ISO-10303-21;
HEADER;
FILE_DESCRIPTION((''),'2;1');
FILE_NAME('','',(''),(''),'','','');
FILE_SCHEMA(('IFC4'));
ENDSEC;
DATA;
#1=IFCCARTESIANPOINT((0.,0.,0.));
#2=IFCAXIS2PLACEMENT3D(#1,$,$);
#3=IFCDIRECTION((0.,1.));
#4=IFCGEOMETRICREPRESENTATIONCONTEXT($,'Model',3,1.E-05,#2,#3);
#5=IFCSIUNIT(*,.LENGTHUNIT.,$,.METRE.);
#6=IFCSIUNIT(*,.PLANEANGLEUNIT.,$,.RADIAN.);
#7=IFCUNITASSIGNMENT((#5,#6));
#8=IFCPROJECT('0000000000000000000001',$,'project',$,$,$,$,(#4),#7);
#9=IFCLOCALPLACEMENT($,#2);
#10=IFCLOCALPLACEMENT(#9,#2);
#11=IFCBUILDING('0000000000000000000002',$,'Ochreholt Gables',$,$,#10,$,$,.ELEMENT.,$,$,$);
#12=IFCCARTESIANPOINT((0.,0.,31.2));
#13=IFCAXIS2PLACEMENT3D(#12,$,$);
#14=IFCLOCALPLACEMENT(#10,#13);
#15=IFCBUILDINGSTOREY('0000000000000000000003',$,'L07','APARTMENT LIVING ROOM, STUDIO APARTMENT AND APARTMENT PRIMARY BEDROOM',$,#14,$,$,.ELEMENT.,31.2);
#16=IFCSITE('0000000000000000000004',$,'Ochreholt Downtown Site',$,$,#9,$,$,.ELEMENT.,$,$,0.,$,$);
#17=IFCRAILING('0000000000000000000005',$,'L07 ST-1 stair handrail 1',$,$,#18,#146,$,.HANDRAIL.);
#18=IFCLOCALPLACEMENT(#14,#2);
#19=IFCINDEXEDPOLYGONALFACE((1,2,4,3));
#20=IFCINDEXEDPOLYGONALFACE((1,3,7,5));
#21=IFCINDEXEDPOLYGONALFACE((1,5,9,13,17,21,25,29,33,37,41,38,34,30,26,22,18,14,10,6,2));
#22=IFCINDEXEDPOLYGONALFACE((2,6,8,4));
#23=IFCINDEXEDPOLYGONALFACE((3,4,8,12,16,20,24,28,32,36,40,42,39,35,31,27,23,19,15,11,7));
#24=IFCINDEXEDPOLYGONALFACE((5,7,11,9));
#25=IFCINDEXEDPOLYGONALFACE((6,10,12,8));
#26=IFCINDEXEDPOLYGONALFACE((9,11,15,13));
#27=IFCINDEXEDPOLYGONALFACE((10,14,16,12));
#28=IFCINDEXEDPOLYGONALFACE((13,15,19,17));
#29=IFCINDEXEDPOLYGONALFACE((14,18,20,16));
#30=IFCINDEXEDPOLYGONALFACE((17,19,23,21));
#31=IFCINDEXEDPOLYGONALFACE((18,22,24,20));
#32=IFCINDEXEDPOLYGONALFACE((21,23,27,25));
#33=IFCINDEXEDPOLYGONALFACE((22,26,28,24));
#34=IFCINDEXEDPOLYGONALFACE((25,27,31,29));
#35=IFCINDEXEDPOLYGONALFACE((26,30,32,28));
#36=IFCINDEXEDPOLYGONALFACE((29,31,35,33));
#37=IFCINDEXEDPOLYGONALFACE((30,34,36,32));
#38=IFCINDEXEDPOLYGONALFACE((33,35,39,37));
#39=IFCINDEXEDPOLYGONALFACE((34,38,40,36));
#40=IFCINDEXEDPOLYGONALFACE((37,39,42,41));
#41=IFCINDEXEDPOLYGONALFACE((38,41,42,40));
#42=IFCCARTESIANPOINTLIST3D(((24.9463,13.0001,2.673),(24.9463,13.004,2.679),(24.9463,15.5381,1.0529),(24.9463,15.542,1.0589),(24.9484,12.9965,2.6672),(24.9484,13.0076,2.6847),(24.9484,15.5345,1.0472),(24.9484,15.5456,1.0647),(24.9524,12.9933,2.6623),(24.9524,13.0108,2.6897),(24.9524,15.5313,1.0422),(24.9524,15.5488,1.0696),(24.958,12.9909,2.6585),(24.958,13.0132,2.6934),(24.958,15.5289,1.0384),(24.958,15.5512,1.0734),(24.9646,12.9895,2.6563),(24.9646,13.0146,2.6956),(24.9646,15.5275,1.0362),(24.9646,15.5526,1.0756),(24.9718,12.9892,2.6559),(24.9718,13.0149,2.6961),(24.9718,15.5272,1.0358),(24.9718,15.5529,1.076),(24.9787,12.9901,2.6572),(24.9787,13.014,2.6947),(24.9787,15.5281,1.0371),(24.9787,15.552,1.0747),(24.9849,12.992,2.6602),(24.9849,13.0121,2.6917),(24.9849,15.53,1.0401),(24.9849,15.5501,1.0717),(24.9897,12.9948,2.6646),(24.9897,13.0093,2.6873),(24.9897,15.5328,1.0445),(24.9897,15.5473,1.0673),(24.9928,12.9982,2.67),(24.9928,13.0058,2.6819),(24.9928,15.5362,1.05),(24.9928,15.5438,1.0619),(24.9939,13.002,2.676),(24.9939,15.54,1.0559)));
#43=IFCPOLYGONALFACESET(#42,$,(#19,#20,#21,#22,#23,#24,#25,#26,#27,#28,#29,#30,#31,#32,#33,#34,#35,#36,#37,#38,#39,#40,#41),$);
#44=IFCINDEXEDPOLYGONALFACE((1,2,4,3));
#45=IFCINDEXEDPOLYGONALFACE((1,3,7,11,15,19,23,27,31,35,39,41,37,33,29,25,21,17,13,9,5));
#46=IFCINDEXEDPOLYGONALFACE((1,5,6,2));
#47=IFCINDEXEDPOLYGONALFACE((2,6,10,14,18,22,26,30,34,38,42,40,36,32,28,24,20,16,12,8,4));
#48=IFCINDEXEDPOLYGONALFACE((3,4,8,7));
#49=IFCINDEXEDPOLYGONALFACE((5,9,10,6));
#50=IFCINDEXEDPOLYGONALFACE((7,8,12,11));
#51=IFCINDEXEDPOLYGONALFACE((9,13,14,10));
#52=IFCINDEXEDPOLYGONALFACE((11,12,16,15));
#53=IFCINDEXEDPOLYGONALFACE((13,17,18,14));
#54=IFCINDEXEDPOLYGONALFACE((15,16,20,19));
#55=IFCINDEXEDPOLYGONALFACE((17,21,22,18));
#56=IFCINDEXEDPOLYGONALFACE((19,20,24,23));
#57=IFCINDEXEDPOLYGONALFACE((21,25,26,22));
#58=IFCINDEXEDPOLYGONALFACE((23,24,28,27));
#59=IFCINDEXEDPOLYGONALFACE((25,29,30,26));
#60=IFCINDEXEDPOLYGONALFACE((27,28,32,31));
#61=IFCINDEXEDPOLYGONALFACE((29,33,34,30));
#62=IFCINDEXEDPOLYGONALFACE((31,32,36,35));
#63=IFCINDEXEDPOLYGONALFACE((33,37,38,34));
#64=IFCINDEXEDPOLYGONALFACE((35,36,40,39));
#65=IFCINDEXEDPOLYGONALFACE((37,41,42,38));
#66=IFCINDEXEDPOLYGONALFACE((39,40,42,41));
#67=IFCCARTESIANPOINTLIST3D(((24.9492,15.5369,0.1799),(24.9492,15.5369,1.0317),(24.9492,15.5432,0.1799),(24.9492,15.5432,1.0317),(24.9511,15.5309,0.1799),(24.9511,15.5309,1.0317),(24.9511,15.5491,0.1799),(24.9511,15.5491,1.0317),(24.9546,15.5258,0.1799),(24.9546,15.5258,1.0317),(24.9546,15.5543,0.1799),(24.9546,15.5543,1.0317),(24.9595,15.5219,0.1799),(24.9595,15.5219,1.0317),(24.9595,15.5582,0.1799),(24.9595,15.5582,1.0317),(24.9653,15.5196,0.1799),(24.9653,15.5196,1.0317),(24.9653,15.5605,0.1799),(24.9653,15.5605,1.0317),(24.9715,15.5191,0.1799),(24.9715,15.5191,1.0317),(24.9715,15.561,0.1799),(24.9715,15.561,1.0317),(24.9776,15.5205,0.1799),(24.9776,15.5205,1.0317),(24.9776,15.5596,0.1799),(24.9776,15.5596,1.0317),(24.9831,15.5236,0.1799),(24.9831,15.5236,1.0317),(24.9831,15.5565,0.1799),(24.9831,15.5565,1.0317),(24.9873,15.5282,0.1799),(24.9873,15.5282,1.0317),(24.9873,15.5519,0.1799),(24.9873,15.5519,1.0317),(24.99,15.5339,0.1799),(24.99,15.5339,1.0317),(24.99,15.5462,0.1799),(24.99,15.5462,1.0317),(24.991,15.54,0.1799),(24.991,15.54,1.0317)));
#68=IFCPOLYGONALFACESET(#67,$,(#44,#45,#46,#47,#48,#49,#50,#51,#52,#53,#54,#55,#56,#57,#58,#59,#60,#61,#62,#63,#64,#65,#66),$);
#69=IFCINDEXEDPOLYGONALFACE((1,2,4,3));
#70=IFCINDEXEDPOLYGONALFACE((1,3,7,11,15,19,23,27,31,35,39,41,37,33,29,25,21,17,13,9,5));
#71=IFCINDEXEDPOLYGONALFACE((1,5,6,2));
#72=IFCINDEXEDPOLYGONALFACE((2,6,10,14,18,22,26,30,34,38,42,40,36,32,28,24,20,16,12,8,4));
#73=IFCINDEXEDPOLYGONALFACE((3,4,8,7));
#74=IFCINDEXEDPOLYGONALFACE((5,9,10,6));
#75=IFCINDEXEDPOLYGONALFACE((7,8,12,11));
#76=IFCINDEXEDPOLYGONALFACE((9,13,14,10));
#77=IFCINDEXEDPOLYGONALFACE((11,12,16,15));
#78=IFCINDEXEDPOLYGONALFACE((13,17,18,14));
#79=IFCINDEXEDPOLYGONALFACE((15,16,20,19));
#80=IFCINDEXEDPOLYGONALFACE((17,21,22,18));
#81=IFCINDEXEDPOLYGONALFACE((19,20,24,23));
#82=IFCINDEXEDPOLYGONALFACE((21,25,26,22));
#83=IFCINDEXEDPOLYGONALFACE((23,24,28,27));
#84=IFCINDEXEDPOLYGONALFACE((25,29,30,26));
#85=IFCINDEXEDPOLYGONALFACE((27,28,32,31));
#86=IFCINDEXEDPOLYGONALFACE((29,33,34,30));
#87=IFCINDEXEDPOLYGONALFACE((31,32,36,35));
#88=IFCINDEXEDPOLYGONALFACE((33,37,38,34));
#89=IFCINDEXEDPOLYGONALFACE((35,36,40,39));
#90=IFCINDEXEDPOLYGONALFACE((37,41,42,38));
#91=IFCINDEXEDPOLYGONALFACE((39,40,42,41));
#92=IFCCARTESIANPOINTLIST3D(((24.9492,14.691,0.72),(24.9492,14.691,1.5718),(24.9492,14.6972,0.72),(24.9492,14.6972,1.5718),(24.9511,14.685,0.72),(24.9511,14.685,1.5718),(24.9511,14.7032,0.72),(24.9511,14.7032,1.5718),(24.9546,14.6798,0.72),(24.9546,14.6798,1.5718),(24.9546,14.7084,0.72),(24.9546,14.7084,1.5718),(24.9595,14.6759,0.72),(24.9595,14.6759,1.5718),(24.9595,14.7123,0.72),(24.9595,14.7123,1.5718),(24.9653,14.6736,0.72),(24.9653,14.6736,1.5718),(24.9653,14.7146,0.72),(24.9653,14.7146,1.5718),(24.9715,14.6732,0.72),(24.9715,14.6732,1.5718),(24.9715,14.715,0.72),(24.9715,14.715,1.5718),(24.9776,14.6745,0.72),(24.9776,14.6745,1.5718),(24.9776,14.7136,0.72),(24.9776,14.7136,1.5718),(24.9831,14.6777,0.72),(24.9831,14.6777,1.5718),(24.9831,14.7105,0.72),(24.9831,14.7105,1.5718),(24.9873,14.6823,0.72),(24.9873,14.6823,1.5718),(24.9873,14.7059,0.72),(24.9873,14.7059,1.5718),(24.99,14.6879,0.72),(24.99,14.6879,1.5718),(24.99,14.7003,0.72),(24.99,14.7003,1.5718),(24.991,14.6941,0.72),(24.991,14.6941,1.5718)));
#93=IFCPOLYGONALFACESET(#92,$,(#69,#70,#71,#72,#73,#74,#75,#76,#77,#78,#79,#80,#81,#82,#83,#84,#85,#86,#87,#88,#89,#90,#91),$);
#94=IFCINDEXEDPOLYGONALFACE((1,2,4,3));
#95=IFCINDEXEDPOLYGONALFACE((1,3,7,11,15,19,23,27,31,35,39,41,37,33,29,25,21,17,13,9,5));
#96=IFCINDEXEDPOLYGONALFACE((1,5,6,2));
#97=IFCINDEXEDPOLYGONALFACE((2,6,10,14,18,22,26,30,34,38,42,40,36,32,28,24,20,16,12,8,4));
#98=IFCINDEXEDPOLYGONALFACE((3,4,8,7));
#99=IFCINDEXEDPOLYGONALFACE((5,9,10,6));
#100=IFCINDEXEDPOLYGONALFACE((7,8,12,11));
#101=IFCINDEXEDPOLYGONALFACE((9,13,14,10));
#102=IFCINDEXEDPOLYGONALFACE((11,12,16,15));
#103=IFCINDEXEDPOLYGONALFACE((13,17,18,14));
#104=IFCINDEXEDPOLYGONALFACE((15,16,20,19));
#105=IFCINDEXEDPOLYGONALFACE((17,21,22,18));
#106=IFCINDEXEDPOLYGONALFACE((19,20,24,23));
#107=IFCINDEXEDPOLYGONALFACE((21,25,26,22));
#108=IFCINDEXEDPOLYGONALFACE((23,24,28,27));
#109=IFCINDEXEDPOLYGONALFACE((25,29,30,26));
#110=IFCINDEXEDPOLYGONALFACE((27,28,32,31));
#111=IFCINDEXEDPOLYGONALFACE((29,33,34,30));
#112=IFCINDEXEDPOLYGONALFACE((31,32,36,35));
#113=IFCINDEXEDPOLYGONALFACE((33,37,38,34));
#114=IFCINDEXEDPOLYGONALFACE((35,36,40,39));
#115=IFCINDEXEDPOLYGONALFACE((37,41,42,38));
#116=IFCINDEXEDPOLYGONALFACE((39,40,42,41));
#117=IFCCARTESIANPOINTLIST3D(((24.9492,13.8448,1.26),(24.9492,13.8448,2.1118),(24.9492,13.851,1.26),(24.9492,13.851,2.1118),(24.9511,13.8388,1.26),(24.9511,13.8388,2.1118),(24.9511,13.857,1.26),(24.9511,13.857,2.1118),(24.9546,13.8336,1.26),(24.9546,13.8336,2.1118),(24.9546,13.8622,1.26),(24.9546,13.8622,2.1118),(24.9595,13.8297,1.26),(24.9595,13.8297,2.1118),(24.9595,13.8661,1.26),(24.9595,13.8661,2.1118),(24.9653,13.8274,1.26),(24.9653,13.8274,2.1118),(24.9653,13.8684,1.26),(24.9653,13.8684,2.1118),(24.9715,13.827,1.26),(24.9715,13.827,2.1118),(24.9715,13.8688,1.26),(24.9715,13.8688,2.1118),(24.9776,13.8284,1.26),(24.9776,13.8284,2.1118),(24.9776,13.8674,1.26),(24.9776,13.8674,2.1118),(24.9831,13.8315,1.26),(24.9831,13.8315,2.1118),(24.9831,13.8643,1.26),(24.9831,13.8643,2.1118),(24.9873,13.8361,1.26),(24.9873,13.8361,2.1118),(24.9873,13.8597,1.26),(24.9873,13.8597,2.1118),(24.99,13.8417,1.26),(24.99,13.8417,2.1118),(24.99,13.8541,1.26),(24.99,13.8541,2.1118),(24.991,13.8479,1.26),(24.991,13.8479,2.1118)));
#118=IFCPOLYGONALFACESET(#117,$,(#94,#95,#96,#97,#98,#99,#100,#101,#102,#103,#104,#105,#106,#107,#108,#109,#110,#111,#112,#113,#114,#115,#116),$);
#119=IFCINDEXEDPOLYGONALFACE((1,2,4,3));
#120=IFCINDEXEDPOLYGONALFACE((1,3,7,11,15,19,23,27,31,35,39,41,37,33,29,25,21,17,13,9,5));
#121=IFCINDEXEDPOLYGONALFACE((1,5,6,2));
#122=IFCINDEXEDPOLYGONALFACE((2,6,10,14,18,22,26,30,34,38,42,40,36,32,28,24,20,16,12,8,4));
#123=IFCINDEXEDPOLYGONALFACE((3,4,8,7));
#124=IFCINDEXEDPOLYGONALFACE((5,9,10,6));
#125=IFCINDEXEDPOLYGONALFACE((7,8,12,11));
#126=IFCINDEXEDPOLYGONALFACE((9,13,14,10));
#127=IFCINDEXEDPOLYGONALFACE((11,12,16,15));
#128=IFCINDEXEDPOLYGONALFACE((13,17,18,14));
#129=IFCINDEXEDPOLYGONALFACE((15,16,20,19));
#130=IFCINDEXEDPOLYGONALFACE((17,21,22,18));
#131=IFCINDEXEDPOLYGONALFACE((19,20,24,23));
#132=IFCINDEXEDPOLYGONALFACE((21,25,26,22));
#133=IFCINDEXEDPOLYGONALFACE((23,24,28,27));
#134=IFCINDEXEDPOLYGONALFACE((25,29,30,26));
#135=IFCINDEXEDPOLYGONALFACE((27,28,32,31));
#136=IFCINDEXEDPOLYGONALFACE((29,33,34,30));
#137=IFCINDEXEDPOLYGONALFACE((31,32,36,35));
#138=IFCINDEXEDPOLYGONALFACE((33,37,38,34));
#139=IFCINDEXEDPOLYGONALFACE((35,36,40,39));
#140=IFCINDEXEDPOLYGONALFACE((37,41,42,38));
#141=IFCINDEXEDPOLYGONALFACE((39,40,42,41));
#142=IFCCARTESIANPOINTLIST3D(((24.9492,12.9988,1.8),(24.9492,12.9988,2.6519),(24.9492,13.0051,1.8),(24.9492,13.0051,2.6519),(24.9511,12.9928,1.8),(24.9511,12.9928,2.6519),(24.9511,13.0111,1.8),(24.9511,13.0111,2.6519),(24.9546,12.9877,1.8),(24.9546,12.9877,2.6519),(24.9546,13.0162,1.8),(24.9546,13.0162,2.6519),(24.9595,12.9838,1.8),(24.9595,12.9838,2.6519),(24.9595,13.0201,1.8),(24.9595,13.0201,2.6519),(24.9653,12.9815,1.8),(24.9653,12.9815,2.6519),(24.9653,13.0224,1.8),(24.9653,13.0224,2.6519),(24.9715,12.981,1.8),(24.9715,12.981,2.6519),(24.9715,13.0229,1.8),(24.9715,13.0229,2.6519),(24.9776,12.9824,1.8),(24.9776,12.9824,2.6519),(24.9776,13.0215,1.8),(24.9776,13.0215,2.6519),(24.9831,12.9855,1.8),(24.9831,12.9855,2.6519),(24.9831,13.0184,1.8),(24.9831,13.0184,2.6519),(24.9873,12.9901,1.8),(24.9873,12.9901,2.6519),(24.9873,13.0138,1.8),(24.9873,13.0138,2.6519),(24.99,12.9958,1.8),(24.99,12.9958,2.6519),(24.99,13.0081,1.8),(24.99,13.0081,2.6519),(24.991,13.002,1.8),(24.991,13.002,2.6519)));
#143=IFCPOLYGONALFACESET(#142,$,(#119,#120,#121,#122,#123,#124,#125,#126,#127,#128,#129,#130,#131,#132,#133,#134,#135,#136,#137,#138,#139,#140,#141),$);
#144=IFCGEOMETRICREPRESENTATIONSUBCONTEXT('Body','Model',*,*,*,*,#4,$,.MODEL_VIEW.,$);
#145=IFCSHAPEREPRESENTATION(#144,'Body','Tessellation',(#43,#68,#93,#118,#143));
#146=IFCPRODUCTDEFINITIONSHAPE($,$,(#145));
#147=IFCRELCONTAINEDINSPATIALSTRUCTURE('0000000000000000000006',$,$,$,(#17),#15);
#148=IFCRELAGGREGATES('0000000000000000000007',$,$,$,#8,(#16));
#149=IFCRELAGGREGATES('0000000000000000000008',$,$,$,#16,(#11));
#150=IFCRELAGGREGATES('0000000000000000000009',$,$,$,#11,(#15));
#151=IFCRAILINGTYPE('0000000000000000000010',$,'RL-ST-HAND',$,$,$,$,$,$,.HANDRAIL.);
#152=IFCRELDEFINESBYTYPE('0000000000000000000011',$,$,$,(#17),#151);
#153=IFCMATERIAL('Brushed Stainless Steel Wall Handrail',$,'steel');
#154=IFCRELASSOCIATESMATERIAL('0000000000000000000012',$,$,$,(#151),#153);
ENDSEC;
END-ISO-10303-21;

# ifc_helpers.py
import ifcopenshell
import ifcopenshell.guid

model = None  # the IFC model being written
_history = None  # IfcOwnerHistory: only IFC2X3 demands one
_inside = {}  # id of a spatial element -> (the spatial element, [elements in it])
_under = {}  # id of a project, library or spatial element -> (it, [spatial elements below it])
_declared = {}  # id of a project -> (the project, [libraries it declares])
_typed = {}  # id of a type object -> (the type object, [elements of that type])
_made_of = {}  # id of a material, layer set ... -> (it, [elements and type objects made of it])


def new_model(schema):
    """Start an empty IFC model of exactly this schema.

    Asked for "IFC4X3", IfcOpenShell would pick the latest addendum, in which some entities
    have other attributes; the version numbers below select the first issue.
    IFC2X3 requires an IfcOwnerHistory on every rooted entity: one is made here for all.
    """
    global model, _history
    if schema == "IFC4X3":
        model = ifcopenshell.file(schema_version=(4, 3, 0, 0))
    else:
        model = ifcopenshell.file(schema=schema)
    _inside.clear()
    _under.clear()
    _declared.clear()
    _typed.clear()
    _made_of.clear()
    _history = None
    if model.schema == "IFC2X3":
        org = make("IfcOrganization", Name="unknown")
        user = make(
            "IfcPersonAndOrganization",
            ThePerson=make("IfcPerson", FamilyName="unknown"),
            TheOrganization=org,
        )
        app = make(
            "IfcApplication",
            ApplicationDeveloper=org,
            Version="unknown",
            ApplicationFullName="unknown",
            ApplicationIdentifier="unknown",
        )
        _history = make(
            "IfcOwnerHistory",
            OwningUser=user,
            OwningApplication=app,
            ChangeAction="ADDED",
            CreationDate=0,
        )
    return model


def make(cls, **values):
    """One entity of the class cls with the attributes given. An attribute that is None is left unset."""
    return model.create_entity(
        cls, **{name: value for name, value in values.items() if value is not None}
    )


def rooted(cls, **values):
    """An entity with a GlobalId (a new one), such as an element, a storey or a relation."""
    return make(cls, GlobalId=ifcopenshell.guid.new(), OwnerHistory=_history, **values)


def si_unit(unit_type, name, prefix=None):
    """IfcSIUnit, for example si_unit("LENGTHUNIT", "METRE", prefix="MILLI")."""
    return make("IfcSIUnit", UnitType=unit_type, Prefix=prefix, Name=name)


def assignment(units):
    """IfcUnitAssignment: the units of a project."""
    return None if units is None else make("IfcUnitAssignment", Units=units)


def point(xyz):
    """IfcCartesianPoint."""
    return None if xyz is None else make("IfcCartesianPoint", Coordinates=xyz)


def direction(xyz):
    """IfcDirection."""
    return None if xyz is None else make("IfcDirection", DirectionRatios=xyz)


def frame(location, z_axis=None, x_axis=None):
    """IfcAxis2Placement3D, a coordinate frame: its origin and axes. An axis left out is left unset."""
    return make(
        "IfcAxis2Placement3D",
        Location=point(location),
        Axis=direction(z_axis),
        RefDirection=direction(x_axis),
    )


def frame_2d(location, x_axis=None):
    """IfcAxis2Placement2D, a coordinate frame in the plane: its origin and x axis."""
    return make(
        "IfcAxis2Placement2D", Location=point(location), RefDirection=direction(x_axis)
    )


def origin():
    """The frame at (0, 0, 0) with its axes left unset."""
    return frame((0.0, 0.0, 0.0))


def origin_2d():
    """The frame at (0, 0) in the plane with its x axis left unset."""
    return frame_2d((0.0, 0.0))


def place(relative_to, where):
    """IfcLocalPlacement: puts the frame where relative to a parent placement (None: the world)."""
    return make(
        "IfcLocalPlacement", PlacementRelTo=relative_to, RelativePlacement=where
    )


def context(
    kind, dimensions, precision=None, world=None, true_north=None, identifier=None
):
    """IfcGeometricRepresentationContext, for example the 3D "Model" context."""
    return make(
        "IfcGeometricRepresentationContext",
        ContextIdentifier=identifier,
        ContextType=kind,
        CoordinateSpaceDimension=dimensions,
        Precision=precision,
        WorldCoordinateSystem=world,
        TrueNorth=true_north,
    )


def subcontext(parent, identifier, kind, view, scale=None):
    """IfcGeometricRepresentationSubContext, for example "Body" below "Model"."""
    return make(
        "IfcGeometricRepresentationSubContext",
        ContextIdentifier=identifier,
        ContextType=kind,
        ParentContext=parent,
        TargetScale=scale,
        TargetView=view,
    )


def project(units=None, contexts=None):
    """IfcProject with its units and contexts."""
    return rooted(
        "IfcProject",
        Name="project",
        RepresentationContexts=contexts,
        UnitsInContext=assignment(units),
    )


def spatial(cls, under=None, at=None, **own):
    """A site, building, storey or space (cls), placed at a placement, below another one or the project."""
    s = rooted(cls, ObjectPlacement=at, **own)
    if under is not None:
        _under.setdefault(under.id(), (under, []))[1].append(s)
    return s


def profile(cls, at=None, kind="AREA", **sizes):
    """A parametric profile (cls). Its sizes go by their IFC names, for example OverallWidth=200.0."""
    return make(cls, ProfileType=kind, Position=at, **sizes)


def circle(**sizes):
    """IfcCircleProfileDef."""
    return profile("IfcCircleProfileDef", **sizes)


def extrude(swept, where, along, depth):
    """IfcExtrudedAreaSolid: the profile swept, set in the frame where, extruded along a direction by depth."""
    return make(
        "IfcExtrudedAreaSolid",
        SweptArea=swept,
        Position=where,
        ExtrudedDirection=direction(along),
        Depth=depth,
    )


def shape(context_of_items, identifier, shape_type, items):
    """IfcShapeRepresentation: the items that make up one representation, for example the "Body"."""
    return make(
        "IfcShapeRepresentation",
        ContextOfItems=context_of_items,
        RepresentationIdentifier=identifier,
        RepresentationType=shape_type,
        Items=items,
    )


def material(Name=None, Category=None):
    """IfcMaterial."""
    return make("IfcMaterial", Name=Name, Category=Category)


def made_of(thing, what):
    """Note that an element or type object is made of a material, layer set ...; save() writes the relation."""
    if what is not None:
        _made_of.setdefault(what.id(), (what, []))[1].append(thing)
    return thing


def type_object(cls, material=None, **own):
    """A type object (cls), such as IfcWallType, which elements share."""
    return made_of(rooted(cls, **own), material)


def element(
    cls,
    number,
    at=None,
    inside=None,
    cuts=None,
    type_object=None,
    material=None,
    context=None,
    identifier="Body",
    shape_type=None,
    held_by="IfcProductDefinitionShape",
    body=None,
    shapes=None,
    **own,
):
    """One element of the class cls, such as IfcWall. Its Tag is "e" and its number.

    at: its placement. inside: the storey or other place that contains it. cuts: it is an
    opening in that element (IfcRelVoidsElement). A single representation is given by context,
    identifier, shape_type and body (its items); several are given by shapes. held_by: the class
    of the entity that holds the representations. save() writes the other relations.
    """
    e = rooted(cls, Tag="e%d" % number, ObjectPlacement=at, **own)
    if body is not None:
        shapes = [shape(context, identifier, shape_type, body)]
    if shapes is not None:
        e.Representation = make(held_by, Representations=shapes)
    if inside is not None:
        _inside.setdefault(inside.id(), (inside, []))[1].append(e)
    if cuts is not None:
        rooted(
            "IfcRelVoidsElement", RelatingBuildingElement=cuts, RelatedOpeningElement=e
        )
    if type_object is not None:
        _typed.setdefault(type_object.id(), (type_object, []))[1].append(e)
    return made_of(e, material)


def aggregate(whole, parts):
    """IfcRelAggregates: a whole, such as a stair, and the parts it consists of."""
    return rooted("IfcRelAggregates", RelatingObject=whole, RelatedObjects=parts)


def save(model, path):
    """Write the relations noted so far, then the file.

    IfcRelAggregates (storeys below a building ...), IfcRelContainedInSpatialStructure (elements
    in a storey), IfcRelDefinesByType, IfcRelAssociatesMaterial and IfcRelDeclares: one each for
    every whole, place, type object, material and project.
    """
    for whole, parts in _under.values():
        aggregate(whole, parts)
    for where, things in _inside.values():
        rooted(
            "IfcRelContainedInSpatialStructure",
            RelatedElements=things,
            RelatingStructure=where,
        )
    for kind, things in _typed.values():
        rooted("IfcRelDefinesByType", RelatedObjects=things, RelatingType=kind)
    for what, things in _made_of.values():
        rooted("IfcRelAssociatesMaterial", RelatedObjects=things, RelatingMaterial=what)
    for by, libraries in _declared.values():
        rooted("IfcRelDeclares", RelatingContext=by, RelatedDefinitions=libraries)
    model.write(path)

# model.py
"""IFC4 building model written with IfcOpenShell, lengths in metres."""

from ifc_helpers import new_model, si_unit, direction, frame, origin, origin_2d, place, context, subcontext, project, spatial, circle, extrude, material, type_object, element, save


model = new_model("IFC4")

# Units and contexts
model_context = context("Model", 3, precision=1e-05, world=origin(), true_north=direction((0.0, 1.0)))
body_context = subcontext(model_context, "Body", "Model", "MODEL_VIEW")
ifc_project = project(units=[si_unit("LENGTHUNIT", "METRE"), si_unit("PLANEANGLEUNIT", "RADIAN")], contexts=[model_context])

# Site, building, storey
site_placement = place(None, origin())
site = spatial("IfcSite", under=ifc_project, at=site_placement, Name="Ochreholt Downtown Site", CompositionType="ELEMENT", RefElevation=0.0)
building_placement = place(site_placement, origin())
building = spatial("IfcBuilding", under=site, at=building_placement, Name="Ochreholt Gables", CompositionType="ELEMENT")
storey_placement = place(building_placement, frame((0.0, 0.0, 31.2)))
storey = spatial("IfcBuildingStorey", under=building, at=storey_placement, Name="L07", Description="APARTMENT LIVING ROOM, STUDIO APARTMENT AND APARTMENT PRIMARY BEDROOM", CompositionType="ELEMENT", Elevation=31.2)

# Railing
ifc_material_1 = material(Name="Brushed Stainless Steel Wall Handrail", Category="steel")
railing_type_1 = type_object("IfcRailingType", Name="RL-ST-HAND", PredefinedType="HANDRAIL", material=ifc_material_1)
railing_1_placement = place(storey_placement, frame((24.97, 15.54, 0.1799)))
element("IfcRailing", 1, at=railing_1_placement, inside=storey, type_object=railing_type_1, Name="L07 ST-1 stair handrail 1", PredefinedType="HANDRAIL", context=body_context, shape_type="SweptSolid", body=[
    extrude(circle(Radius=0.0239, at=origin_2d()), frame((0.0, 0.0, 0.876), z_axis=(0.0, -0.842913, 0.53805), x_axis=(1.0, 0.0, 0.0)), (0.0, 0.0, 1.0), 3.011),
    extrude(circle(Radius=0.021, at=origin_2d()), origin(), (0.0, 0.0, 1.0), 0.8518),
    extrude(circle(Radius=0.021, at=origin_2d()), frame((0.0, -0.8459, 0.54)), (0.0, 0.0, 1.0), 0.8518),
    extrude(circle(Radius=0.021, at=origin_2d()), frame((0.0, -1.6921, 1.0801)), (0.0, 0.0, 1.0), 0.8518),
    extrude(circle(Radius=0.021, at=origin_2d()), frame((0.0, -2.5381, 1.6201)), (0.0, 0.0, 1.0), 0.8518),
])

save(model, "model.ifc")
